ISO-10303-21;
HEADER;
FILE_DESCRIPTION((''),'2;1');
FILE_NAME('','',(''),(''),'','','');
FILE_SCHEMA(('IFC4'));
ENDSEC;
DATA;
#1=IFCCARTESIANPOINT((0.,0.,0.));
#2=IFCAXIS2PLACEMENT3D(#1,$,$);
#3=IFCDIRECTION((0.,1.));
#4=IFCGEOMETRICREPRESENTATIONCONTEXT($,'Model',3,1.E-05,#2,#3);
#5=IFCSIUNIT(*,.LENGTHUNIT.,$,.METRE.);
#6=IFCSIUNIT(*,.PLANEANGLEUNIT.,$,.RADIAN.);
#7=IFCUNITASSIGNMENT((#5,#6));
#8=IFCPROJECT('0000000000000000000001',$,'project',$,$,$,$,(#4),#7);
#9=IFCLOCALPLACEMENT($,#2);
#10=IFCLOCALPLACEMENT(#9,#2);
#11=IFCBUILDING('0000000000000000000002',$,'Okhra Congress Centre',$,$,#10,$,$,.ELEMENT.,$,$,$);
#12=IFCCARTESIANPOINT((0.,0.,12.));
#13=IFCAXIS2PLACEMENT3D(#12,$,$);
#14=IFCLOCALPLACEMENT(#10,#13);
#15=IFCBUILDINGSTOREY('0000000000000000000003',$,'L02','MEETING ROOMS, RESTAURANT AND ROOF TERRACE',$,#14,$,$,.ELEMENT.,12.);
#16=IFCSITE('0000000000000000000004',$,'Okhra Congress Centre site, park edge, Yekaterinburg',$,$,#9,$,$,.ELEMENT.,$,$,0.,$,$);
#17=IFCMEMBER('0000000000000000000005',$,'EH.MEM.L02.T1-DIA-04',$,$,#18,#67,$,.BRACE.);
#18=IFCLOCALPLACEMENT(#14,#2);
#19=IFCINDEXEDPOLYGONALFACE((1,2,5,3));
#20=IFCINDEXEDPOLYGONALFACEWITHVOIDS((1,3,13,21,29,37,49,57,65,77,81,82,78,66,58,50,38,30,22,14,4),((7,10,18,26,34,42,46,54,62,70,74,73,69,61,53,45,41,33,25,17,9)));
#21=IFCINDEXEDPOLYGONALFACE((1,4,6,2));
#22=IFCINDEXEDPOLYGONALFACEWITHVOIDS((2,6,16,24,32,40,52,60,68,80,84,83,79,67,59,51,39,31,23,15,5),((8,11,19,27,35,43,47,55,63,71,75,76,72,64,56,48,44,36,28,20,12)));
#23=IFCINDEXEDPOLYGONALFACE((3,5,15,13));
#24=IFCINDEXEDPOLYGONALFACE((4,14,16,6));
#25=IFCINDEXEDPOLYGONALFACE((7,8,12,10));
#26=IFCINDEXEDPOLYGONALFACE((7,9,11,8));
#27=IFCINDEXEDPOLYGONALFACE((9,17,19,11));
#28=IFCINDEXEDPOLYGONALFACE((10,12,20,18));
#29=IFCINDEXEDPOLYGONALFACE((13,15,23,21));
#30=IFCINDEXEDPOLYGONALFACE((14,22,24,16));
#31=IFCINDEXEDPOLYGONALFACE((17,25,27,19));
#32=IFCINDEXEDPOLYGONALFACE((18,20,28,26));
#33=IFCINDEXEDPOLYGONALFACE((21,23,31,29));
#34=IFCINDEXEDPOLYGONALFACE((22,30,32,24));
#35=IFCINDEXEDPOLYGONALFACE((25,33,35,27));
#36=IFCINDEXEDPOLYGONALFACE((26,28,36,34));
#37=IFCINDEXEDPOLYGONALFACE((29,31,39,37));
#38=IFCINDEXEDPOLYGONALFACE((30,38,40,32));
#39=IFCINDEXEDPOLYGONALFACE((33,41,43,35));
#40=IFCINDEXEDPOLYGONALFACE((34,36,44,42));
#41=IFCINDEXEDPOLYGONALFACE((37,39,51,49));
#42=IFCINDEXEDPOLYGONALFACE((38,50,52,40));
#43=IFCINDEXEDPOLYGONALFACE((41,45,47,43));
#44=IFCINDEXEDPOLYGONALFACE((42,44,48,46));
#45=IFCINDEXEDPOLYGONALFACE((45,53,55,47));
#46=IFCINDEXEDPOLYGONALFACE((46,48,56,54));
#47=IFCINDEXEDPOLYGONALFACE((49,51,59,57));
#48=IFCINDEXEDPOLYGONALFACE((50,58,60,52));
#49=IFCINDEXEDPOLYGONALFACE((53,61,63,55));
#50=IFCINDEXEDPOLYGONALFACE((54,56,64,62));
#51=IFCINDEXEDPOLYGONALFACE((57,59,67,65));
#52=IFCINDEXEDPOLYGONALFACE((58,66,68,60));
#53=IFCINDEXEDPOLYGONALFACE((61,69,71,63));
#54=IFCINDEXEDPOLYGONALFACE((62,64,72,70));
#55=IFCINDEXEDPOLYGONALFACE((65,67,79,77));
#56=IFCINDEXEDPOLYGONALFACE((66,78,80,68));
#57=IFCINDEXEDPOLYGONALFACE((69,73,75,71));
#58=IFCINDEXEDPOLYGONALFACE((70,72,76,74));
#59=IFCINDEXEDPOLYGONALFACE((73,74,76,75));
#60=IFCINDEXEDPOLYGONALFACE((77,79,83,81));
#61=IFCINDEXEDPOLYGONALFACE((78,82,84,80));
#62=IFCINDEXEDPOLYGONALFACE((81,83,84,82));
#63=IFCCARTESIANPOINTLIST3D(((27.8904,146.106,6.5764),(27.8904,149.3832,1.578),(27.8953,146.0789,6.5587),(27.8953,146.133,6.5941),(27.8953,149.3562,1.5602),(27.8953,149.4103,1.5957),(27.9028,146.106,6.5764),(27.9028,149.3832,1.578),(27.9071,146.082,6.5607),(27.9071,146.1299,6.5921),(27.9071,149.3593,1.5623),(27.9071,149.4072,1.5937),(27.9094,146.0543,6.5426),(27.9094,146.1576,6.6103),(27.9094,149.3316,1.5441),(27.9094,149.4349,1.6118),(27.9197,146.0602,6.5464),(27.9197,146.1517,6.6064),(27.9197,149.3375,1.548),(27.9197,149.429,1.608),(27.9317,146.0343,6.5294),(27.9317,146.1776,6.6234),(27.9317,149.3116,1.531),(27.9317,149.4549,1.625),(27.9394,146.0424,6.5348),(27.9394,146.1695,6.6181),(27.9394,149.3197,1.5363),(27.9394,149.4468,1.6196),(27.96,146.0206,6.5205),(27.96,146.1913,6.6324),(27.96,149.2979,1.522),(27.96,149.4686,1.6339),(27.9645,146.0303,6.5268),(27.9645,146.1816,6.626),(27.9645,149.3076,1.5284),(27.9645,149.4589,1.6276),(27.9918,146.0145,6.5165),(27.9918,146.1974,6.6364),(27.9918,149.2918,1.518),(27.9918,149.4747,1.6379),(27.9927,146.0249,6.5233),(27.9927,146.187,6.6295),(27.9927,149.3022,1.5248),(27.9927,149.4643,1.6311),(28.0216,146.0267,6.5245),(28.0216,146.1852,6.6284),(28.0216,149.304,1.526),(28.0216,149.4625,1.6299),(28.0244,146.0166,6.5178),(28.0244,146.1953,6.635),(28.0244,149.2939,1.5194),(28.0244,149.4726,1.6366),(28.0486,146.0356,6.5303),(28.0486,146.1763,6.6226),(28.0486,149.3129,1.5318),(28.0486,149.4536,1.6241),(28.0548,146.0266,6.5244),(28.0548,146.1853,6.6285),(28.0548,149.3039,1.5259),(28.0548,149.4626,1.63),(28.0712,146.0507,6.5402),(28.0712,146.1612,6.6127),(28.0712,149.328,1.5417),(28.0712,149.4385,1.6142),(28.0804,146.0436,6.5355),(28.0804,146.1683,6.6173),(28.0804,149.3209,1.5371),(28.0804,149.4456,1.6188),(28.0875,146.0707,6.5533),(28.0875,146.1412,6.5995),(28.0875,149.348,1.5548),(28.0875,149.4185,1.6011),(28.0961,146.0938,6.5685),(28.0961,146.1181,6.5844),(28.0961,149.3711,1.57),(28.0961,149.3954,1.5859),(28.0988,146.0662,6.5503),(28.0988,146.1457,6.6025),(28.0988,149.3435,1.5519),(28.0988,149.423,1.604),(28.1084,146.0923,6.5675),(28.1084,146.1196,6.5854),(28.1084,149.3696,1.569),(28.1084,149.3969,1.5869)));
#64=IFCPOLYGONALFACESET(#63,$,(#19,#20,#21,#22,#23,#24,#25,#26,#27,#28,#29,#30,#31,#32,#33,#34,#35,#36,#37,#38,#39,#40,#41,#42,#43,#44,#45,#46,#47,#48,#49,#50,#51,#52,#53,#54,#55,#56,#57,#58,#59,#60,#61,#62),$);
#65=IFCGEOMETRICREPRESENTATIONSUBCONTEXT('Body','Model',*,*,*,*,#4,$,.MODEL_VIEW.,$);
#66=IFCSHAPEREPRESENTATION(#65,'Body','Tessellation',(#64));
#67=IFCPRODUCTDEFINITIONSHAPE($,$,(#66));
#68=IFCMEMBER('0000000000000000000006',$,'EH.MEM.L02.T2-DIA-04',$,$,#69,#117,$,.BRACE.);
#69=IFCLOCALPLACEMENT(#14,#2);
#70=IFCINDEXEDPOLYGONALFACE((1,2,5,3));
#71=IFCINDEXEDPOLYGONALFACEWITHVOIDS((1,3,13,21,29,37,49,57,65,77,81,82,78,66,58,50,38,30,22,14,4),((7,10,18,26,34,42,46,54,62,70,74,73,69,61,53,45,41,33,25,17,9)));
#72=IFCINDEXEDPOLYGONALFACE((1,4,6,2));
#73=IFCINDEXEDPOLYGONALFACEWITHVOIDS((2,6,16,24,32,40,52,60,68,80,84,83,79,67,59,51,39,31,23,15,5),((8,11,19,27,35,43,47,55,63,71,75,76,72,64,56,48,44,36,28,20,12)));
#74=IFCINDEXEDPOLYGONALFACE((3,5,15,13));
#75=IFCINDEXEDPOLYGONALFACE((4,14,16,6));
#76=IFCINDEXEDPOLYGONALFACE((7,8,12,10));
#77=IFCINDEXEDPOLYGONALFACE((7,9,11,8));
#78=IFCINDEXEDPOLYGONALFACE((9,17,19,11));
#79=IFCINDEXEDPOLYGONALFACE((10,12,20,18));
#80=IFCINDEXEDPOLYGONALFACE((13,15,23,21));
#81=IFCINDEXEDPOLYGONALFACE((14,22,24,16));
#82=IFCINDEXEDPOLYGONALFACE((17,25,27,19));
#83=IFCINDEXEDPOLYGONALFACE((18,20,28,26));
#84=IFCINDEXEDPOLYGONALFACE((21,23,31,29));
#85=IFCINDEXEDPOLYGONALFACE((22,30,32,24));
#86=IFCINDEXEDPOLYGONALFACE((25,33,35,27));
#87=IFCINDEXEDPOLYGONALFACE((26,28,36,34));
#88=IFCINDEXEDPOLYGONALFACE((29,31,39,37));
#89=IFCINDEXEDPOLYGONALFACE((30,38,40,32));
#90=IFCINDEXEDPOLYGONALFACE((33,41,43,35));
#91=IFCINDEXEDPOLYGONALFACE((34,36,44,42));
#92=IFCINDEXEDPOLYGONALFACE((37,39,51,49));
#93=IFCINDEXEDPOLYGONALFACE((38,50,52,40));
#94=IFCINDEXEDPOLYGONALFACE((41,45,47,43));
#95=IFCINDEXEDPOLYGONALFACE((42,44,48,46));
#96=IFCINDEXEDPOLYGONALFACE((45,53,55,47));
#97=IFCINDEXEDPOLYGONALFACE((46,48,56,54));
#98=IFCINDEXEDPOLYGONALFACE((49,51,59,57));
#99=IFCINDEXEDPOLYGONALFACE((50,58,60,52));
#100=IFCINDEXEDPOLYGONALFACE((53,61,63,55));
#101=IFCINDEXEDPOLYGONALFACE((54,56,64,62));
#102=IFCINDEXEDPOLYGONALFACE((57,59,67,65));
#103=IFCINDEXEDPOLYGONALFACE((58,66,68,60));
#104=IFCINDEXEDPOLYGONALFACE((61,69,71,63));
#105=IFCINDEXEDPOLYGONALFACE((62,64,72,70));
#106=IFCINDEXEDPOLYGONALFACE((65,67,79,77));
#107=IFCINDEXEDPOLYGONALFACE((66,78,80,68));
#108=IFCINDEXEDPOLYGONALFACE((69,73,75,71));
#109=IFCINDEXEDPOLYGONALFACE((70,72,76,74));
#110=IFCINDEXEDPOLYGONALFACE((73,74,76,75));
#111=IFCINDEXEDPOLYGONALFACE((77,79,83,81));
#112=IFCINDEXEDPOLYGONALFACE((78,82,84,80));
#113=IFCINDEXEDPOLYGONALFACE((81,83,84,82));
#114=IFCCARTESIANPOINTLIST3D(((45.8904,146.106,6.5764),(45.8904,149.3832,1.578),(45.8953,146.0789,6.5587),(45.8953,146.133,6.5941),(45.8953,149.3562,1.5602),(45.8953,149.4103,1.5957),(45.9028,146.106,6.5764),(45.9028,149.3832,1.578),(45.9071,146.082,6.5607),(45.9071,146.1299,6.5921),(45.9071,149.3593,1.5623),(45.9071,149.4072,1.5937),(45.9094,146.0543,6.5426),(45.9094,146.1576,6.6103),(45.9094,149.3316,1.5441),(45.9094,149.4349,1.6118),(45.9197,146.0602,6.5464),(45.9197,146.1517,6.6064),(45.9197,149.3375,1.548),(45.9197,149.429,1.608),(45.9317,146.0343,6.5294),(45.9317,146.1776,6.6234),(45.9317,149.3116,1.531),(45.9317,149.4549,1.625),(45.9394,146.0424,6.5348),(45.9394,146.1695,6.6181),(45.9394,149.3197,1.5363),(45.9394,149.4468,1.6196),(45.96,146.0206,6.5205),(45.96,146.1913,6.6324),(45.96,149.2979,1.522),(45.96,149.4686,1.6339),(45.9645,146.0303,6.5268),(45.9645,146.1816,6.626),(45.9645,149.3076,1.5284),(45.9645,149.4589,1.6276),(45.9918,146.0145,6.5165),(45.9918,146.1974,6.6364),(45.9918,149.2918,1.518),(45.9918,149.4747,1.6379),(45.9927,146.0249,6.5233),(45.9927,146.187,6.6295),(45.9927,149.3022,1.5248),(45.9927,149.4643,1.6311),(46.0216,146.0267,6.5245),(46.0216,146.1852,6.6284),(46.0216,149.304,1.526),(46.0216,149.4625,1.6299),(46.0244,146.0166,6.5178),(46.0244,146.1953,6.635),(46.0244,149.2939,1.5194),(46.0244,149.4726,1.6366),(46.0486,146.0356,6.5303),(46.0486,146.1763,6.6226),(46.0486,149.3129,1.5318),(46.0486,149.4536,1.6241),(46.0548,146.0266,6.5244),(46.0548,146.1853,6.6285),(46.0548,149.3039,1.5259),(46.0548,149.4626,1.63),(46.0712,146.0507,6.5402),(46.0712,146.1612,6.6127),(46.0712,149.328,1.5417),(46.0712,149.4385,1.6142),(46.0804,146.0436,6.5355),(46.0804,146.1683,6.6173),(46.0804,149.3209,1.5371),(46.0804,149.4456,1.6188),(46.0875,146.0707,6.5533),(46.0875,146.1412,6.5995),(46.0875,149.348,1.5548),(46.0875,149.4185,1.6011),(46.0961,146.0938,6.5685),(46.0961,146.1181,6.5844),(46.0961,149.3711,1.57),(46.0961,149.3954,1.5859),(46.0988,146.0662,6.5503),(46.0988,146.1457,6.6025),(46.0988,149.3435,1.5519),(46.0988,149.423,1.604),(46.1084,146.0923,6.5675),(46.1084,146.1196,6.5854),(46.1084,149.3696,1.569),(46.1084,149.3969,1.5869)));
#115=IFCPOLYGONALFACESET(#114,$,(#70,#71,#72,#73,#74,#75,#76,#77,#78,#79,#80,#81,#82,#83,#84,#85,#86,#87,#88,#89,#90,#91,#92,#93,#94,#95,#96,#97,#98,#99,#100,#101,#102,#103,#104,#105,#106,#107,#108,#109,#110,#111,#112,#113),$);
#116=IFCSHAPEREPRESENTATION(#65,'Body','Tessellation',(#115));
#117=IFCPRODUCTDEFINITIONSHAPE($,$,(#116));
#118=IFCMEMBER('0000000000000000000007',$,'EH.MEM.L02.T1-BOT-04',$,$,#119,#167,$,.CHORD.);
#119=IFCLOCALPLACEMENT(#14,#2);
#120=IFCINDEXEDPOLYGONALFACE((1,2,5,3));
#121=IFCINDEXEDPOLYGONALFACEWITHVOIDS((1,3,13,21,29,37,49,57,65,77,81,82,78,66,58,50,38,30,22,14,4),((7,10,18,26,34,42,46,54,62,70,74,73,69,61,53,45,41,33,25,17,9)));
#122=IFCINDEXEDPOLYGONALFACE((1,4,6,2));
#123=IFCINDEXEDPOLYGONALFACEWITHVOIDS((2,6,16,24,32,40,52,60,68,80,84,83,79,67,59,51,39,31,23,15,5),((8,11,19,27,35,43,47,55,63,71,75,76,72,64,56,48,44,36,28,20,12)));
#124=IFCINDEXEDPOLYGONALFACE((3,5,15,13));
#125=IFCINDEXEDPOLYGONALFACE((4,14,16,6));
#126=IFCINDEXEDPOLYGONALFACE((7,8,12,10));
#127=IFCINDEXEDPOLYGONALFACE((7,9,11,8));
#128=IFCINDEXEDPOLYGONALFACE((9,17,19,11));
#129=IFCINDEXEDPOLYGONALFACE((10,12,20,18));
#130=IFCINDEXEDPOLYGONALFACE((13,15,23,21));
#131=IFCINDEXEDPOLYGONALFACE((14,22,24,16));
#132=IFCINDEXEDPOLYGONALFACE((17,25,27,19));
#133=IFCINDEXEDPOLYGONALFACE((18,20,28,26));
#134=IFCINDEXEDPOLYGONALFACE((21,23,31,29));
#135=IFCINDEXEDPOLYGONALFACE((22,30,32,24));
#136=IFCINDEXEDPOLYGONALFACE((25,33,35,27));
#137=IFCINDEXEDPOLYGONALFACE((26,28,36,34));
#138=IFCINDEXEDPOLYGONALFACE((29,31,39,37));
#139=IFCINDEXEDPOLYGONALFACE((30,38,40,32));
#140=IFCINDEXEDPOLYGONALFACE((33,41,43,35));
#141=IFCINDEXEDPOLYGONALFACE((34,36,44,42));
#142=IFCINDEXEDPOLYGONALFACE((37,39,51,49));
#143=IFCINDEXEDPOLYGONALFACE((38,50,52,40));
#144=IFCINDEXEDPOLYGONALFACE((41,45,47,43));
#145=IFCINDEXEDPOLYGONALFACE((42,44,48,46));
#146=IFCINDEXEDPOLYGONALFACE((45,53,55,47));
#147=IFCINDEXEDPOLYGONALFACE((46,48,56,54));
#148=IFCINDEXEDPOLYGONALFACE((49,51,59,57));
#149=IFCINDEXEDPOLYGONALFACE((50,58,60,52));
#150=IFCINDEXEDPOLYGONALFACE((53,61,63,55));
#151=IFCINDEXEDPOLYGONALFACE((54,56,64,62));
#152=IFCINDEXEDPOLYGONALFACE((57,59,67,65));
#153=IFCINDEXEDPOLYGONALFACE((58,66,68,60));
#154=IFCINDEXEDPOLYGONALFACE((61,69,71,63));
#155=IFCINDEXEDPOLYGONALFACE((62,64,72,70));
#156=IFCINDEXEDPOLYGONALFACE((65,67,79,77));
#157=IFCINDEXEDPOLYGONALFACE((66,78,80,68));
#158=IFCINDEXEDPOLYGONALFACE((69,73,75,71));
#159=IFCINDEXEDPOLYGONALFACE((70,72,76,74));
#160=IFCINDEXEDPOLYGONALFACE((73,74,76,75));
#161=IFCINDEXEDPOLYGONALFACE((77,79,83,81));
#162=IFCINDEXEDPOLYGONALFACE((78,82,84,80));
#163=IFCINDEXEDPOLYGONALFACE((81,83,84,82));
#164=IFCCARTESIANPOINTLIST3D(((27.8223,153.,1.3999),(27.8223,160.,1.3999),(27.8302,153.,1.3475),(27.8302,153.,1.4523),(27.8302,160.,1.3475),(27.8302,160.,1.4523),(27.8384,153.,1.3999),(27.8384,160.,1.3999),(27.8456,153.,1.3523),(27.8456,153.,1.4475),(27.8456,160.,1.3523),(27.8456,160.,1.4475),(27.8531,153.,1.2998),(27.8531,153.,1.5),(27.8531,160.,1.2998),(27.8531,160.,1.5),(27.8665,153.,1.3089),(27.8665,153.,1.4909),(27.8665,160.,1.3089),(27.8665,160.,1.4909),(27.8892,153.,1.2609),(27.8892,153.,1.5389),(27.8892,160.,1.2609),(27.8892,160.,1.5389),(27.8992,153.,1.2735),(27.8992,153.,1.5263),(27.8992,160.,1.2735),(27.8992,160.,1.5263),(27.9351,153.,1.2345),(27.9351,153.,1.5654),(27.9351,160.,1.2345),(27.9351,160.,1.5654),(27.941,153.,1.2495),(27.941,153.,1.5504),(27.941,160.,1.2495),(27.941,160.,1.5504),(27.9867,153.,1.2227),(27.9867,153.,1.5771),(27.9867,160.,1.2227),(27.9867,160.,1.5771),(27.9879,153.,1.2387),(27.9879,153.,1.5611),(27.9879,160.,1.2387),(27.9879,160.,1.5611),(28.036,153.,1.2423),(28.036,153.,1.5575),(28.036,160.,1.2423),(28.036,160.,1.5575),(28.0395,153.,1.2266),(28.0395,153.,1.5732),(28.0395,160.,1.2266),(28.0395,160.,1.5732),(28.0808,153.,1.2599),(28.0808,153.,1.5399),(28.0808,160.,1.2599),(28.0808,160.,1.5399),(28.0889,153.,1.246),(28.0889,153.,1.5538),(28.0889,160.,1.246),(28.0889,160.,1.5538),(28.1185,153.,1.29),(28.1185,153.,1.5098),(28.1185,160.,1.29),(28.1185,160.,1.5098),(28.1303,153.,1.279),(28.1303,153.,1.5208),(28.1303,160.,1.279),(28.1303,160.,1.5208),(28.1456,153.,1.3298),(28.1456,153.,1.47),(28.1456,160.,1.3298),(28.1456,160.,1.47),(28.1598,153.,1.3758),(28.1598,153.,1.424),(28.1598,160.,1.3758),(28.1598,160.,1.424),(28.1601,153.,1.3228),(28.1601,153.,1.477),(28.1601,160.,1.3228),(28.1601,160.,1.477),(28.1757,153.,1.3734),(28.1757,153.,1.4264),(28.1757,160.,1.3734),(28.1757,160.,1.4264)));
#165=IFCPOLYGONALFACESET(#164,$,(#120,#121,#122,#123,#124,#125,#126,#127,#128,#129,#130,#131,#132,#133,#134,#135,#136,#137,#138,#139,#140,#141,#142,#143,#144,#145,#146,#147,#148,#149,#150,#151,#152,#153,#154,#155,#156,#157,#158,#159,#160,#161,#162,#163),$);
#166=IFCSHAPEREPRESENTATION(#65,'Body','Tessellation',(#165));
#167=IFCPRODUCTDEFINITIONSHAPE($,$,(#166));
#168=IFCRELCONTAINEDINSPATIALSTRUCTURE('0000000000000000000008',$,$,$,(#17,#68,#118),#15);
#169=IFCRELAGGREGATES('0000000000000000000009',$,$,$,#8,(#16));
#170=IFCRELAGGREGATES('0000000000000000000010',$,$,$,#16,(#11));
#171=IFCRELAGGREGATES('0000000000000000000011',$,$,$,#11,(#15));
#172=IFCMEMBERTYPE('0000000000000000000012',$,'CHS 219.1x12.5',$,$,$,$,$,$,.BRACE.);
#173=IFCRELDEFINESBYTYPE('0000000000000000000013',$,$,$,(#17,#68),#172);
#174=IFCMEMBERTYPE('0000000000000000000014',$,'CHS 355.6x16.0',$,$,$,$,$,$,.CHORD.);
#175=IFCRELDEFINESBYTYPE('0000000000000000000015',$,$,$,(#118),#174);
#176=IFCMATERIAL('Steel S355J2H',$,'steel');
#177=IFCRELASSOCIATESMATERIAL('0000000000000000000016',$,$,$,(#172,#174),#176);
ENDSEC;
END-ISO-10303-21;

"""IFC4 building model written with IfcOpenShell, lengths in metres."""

from ifc_helpers import new_model, si_unit, direction, frame, origin, origin_2d, place, context, subcontext, project, spatial, hollow_circle, extrude, material, material_profile, profile_set, type_object, element, save


model = new_model("IFC4")

# Units and contexts
model_context = context("Model", 3, precision=1e-05, world=origin(), true_north=direction((0.0, 1.0)))
body_context = subcontext(model_context, "Body", "Model", "MODEL_VIEW")
ifc_project = project(units=[si_unit("LENGTHUNIT", "METRE"), si_unit("PLANEANGLEUNIT", "RADIAN")], contexts=[model_context])

# Site, building, storey
site_placement = place(None, origin())
site = spatial("IfcSite", under=ifc_project, at=site_placement, Name="Okhra Congress Centre site, park edge, Yekaterinburg", CompositionType="ELEMENT", RefElevation=0.0)
building_placement = place(site_placement, origin())
building = spatial("IfcBuilding", under=site, at=building_placement, Name="Okhra Congress Centre", CompositionType="ELEMENT")
storey_placement = place(building_placement, frame((0.0, 0.0, 12.0)))
storey = spatial("IfcBuildingStorey", under=building, at=storey_placement, Name="L02", Description="MEETING ROOMS, RESTAURANT AND ROOF TERRACE", CompositionType="ELEMENT", Elevation=12.0)

# Members
ifc_material_1 = material(Name="Steel S355J2H", Category="steel")
ifc_material_profile_1 = material_profile(ifc_material_1, hollow_circle(Radius=0.1096, WallThickness=0.0125, at=origin_2d()), Name="CHS 219.1x12.5")
ifc_profile_set_1 = profile_set([ifc_material_profile_1], Name="Steel S355J2H")
member_type_1 = type_object("IfcMemberType", Name="CHS 219.1x12.5", PredefinedType="BRACE", material=ifc_profile_set_1)
for number, where, z_axis, x_axis, name in (
    (1, (28.0, 146.106, 6.5764), (0.0, 0.548312, -0.836274), (-1.0, 0.0, 0.0), "EH.MEM.L02.T1-DIA-04"),
    (2, (46.0, 146.106, 6.5764), (0.0, 0.548312, -0.836274), (-1.0, 0.0, 0.0), "EH.MEM.L02.T2-DIA-04"),
):
    element("IfcMember", number, at=place(storey_placement, frame(where, z_axis=z_axis, x_axis=x_axis)), inside=storey, type_object=member_type_1, Name=name, PredefinedType="BRACE", context=body_context, shape_type="SweptSolid", body=[
        extrude(hollow_circle(Radius=0.1096, WallThickness=0.0125, at=origin_2d()), origin(), (0.0, 0.0, 1.0), 5.9771),
    ])
ifc_material_profile_2 = material_profile(ifc_material_1, hollow_circle(Radius=0.1777, WallThickness=0.0161, at=origin_2d()), Name="CHS 355.6x16.0")
ifc_profile_set_2 = profile_set([ifc_material_profile_2], Name="Steel S355J2H")
member_type_2 = type_object("IfcMemberType", Name="CHS 355.6x16.0", PredefinedType="CHORD", material=ifc_profile_set_2)
for number, where, z_axis, x_axis, name in (
    (3, (28.0, 153.0, 1.3999), (0.0, 1.0, 0.0), (-1.0, 0.0, 0.0), "EH.MEM.L02.T1-BOT-04"),
):
    element("IfcMember", number, at=place(storey_placement, frame(where, z_axis=z_axis, x_axis=x_axis)), inside=storey, type_object=member_type_2, Name=name, PredefinedType="CHORD", context=body_context, shape_type="SweptSolid", body=[
        extrude(hollow_circle(Radius=0.1777, WallThickness=0.0161, at=origin_2d()), origin(), (0.0, 0.0, 1.0), 7.0),
    ])

save(model, "model.ifc")
